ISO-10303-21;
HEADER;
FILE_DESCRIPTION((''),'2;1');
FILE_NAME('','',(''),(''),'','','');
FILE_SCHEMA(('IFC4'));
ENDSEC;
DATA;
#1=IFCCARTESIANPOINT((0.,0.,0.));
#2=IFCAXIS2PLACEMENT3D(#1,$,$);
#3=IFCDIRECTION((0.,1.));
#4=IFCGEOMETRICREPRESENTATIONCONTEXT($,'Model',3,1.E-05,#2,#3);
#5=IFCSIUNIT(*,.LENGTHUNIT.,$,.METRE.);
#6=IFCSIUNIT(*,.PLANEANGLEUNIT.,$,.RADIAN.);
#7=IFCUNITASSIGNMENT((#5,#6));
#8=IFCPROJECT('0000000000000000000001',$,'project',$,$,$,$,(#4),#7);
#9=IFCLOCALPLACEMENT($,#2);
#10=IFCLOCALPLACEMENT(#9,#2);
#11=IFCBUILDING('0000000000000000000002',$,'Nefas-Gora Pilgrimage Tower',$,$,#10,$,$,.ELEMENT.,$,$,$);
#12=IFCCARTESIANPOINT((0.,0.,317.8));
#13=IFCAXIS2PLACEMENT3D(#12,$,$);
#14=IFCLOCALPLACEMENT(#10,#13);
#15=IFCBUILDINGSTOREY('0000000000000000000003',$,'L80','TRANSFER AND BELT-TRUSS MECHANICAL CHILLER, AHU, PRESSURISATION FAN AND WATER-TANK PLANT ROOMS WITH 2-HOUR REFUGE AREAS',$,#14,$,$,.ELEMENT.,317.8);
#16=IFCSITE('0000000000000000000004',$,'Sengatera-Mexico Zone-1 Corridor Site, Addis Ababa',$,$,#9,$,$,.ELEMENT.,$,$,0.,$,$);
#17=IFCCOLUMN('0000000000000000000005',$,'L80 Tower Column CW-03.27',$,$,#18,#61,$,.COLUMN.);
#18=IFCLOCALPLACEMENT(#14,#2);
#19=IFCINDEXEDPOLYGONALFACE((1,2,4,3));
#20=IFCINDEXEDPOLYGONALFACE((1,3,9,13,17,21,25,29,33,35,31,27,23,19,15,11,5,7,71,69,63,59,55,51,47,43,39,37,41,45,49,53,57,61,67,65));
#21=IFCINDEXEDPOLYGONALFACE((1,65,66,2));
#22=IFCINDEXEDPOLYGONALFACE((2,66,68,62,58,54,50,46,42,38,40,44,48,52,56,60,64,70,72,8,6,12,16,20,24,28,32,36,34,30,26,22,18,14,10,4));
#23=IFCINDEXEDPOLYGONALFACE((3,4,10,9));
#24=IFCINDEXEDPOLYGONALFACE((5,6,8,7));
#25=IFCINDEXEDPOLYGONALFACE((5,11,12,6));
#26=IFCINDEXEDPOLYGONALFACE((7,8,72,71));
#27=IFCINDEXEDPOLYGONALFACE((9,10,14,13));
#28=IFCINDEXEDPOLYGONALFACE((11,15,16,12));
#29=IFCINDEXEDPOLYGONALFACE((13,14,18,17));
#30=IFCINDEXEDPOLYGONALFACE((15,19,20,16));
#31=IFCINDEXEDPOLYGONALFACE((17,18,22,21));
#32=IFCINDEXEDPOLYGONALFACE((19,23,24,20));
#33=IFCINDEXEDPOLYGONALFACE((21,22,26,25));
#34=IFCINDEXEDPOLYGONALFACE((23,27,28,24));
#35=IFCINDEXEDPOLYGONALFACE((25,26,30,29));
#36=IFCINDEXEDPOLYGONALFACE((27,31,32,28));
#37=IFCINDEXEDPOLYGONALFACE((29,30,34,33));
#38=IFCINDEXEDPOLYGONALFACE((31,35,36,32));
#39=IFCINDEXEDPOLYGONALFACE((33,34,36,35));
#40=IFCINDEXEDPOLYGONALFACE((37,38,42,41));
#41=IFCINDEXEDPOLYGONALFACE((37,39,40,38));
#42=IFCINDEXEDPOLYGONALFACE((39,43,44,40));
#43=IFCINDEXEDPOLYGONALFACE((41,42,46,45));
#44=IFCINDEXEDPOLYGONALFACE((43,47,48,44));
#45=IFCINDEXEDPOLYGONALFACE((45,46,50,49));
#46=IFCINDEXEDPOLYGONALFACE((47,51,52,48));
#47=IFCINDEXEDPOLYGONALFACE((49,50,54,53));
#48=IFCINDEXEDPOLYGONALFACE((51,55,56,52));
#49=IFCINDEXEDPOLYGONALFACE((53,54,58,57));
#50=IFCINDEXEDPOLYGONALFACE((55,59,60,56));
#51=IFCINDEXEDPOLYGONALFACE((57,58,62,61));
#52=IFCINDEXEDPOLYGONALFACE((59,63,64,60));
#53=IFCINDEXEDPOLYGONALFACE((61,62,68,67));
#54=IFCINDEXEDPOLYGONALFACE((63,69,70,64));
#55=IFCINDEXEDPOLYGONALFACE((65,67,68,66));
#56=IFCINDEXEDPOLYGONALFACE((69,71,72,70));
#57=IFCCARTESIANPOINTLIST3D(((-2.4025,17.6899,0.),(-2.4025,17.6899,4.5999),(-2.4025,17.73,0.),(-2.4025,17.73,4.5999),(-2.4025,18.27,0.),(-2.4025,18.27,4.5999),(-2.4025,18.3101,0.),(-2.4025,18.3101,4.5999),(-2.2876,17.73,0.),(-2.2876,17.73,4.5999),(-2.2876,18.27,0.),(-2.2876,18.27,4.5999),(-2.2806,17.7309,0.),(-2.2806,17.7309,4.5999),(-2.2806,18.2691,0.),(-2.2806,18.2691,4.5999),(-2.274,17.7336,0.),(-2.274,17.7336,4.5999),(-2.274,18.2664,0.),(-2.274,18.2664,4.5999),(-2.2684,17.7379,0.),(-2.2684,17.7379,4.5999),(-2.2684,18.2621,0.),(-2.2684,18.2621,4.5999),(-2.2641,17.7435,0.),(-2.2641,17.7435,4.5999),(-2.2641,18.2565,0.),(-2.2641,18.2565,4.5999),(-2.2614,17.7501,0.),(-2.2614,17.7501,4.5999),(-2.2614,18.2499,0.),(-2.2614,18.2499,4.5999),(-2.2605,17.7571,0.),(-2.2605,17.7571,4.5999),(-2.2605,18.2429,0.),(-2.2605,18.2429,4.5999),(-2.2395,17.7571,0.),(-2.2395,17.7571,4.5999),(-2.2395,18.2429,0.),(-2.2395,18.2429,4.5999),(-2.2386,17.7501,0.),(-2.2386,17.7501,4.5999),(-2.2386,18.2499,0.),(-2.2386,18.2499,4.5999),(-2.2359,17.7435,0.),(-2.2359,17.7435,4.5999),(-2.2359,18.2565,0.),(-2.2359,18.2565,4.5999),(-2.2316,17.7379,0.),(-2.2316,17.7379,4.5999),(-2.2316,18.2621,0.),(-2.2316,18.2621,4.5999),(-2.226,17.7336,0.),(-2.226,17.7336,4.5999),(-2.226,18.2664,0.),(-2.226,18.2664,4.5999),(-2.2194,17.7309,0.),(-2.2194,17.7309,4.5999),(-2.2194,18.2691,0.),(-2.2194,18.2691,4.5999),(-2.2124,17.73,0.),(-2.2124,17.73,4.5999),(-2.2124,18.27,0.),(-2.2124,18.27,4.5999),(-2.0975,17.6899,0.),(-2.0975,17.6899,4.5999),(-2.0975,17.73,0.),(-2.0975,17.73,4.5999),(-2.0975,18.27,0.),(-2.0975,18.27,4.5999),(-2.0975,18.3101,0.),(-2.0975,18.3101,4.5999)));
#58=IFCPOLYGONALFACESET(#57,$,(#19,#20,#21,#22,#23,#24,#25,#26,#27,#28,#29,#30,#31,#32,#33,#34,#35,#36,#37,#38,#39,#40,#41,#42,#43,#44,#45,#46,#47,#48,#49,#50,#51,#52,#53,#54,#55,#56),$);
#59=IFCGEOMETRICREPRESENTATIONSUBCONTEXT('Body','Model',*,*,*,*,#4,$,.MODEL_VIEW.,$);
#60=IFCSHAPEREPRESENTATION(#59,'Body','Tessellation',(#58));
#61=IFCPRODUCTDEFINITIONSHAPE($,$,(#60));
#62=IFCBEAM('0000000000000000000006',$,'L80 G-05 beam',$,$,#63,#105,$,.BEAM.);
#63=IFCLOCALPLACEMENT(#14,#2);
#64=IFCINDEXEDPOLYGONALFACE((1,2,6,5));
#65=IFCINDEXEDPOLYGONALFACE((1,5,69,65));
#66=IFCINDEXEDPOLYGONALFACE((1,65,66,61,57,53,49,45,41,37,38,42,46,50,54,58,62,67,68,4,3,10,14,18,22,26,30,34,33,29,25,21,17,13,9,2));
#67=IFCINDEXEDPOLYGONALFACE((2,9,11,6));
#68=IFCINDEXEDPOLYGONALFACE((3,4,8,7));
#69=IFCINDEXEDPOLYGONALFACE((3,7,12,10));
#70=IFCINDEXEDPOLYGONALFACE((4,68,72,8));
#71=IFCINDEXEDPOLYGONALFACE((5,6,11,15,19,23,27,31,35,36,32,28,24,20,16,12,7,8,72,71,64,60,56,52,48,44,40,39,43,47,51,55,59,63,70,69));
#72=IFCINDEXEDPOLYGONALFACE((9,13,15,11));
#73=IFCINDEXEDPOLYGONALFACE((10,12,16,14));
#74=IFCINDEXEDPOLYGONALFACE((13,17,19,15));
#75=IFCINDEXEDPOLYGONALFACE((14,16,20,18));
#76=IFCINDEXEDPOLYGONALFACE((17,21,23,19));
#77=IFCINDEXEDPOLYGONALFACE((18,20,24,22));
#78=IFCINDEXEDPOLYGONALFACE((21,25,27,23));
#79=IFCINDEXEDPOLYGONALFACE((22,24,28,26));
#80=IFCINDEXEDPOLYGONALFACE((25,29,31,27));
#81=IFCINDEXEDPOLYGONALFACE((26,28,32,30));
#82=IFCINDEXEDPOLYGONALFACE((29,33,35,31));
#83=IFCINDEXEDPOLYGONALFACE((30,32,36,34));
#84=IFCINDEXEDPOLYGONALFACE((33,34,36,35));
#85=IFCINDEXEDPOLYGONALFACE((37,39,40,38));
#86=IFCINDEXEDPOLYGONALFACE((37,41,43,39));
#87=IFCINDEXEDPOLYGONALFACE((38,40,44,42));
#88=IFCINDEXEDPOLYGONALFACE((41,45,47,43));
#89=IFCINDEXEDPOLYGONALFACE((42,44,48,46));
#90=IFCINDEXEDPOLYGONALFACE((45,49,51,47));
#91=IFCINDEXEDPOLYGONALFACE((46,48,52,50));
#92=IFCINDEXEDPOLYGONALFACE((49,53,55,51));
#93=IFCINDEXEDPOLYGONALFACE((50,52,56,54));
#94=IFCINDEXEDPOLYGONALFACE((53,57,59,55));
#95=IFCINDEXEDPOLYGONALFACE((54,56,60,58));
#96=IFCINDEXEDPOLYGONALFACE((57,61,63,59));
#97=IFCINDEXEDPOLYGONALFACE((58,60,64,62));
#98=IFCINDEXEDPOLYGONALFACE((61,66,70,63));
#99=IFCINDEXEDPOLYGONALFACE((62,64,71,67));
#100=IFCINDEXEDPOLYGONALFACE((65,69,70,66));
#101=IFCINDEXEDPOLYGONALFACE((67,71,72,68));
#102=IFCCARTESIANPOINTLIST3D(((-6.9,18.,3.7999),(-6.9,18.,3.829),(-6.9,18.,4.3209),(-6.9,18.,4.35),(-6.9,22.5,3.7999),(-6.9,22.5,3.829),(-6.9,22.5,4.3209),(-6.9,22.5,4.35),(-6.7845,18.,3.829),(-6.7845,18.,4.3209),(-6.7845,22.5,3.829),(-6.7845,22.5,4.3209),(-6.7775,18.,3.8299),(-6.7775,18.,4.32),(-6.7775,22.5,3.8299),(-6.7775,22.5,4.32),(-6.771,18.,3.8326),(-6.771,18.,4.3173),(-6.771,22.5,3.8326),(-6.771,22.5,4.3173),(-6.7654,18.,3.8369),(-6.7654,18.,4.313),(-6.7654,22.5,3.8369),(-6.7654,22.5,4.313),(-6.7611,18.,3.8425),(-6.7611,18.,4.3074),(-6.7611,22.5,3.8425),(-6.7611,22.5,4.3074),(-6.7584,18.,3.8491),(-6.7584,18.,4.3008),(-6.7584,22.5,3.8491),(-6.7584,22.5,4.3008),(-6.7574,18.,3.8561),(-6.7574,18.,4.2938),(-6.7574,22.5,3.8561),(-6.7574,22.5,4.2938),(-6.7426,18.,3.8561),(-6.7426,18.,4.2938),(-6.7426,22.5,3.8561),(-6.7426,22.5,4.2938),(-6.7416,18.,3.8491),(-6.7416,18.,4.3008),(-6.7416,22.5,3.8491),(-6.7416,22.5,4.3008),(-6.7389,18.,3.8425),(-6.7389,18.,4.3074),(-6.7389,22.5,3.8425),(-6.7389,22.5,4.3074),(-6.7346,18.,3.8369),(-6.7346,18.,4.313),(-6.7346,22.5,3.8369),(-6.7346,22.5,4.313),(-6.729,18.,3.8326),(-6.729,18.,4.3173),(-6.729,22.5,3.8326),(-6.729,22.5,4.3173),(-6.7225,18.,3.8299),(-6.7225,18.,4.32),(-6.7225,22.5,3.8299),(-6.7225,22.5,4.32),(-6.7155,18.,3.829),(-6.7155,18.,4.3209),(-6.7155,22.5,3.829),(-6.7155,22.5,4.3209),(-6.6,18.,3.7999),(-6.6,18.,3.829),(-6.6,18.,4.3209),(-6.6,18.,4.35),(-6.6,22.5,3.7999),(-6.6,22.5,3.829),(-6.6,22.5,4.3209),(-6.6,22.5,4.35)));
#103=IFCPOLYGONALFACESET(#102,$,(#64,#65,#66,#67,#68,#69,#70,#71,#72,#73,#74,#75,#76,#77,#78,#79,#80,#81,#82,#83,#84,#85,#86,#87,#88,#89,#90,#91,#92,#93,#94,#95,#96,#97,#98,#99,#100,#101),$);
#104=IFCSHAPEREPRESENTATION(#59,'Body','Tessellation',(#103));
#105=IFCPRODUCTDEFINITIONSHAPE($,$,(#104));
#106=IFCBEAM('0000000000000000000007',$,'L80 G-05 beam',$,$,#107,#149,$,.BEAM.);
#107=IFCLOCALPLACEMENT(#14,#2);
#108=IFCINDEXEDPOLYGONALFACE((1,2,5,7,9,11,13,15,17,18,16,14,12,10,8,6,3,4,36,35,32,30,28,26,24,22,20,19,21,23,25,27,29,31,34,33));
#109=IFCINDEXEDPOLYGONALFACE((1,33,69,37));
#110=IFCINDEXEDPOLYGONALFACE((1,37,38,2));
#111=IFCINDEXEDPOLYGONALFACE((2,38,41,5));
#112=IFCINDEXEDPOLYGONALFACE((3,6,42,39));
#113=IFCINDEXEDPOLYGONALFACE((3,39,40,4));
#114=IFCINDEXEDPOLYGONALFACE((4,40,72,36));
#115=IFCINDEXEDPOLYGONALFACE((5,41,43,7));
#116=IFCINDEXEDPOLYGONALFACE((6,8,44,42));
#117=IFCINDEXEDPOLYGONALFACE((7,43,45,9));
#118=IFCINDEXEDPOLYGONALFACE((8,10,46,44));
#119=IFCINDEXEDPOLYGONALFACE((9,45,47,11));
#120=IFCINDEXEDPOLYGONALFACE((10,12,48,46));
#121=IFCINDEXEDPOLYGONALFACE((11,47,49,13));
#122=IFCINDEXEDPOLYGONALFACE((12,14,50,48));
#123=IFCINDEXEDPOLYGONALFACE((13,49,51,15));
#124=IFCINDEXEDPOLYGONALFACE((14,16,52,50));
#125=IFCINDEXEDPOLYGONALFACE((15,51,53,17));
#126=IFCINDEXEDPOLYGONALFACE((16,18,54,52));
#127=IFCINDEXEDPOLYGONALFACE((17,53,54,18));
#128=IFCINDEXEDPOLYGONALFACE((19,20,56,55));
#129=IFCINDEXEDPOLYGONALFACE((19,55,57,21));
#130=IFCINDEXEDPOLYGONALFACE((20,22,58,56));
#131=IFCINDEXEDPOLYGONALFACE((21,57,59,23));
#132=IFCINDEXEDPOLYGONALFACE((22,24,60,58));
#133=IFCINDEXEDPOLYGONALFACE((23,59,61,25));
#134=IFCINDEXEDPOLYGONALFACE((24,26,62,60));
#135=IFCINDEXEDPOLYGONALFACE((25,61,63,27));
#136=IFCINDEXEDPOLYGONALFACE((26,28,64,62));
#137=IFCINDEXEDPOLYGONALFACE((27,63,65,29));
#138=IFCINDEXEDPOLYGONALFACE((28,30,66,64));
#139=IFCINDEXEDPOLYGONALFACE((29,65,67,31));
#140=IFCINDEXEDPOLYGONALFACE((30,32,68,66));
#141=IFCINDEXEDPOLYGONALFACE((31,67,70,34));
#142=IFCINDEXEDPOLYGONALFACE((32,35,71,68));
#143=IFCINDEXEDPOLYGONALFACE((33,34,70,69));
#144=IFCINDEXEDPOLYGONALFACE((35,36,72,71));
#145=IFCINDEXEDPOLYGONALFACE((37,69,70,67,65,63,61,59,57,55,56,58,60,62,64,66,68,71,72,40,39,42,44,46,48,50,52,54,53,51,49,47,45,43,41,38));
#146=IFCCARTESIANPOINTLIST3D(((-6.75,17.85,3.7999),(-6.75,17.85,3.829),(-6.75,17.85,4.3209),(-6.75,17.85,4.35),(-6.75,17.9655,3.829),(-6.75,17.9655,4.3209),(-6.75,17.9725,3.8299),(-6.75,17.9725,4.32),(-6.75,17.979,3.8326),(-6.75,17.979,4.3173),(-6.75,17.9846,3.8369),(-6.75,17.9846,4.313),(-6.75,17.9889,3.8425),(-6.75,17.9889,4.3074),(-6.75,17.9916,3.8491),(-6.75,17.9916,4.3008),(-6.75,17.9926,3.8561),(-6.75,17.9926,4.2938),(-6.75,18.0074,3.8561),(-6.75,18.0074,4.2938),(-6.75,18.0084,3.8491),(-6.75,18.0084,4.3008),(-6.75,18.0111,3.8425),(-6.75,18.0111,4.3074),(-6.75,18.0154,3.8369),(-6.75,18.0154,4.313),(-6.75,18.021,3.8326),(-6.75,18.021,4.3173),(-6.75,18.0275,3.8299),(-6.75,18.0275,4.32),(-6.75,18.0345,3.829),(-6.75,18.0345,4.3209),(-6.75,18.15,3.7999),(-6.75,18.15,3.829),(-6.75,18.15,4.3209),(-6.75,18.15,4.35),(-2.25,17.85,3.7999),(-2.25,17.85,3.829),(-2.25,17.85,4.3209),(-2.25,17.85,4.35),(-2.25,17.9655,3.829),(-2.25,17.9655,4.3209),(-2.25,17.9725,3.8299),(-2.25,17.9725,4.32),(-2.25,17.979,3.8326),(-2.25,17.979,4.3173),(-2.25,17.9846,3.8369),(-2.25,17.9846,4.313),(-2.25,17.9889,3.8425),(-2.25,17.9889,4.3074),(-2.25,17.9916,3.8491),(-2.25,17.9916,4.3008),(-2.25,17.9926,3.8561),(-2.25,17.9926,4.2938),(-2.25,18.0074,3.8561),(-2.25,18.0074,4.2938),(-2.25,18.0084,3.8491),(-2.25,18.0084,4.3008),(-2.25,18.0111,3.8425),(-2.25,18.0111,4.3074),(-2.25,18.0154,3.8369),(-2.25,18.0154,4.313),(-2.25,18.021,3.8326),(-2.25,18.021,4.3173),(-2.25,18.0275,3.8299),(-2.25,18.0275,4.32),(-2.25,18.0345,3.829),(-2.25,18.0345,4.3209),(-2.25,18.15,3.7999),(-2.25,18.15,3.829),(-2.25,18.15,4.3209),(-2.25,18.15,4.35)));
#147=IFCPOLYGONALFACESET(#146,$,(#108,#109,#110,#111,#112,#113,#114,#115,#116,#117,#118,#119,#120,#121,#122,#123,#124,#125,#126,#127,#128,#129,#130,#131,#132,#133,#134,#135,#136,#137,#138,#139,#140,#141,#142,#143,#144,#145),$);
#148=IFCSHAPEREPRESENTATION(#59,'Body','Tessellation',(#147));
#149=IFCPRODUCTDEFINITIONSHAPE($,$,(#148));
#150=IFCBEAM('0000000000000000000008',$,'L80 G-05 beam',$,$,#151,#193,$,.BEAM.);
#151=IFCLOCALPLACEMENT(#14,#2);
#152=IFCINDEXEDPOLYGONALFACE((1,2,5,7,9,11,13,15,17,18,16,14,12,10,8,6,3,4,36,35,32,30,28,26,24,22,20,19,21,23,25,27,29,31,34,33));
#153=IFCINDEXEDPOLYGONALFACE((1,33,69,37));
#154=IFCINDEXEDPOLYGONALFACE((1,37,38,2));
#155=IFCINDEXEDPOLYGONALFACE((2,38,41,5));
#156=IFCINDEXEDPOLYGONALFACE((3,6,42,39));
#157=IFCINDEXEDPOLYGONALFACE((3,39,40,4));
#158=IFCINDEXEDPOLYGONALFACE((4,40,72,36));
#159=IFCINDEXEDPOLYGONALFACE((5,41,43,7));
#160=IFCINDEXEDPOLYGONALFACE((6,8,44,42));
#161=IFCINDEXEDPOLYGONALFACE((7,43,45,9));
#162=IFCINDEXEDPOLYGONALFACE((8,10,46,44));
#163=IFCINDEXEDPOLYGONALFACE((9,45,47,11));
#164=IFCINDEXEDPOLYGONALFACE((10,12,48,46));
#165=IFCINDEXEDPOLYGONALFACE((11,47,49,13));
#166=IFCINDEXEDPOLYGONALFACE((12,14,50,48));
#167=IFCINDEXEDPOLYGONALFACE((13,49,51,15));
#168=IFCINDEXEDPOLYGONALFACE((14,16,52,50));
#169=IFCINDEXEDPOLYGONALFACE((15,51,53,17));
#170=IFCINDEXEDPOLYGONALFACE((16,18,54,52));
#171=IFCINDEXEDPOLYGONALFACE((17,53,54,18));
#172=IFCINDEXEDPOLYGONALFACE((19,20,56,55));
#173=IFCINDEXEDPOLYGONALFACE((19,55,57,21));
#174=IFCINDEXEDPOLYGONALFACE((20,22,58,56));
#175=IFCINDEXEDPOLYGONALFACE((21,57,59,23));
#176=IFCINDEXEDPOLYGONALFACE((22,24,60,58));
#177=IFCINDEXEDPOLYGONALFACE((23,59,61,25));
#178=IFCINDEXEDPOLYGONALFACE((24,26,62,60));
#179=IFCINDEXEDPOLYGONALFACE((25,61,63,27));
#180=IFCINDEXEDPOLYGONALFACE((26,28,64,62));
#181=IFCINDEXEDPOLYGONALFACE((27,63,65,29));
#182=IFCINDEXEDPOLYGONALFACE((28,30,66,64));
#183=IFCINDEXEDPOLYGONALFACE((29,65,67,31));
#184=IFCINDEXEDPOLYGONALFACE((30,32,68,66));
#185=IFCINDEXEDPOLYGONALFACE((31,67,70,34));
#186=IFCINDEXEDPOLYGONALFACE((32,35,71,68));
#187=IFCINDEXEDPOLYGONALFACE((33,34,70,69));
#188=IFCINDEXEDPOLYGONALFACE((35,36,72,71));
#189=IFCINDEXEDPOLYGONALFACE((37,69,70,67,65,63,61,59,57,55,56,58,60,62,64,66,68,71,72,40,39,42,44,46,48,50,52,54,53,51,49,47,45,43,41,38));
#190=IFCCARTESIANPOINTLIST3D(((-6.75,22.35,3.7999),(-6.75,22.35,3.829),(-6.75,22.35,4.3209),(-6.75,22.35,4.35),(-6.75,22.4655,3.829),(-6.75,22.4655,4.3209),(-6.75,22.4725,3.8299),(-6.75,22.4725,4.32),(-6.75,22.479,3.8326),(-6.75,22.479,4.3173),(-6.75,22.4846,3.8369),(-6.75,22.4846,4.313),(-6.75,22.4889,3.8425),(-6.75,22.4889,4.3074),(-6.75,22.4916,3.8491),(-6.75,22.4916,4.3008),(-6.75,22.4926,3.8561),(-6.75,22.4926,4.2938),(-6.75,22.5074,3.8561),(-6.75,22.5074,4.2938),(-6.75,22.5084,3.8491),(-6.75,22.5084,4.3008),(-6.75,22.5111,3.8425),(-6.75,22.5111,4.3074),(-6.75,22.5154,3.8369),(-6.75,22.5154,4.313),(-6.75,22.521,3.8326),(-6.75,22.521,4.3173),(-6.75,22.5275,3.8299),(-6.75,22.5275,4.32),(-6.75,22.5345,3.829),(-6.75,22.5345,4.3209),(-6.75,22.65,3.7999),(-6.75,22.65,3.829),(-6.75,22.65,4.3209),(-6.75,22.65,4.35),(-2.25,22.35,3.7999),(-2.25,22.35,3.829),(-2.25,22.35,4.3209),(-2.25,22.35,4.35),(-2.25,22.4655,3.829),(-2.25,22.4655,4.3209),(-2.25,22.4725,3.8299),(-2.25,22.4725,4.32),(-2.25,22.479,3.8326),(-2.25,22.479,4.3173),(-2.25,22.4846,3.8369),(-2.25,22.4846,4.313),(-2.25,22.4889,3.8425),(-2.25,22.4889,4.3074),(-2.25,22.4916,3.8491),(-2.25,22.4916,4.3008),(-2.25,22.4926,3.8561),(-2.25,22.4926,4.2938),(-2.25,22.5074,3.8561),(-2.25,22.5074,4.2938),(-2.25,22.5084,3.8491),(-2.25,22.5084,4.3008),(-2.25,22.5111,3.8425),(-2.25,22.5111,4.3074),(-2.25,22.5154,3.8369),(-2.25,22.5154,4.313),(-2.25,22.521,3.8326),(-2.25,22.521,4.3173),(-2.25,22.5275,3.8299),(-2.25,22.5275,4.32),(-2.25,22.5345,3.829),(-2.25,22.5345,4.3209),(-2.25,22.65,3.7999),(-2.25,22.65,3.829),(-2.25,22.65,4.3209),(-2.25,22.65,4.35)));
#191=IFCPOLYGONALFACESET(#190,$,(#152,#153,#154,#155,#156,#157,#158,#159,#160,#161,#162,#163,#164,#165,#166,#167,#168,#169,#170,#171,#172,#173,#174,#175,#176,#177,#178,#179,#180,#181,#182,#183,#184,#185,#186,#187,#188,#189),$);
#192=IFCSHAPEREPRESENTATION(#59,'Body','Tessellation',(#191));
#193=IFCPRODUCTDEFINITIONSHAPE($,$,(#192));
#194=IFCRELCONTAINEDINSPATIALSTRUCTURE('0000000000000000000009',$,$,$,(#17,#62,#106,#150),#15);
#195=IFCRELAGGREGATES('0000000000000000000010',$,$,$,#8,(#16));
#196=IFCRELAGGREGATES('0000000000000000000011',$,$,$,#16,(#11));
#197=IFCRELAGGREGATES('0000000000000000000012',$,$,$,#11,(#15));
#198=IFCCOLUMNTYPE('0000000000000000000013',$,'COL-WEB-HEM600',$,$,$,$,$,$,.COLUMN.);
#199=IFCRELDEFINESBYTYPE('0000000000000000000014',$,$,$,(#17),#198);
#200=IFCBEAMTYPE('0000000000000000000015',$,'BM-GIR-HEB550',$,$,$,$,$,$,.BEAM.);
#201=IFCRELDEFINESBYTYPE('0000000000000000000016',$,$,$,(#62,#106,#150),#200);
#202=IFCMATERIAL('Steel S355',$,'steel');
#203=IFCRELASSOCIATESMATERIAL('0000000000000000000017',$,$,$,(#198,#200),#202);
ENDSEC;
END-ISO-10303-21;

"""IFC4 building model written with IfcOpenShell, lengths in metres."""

from ifc_helpers import new_model, si_unit, direction, frame, origin, origin_2d, place, context, subcontext, project, spatial, i_section, extrude, source, transform, mapped, material, material_profile, profile_set, type_object, element, save


model = new_model("IFC4")

# Units and contexts
model_context = context("Model", 3, precision=1e-05, world=origin(), true_north=direction((0.0, 1.0)))
body_context = subcontext(model_context, "Body", "Model", "MODEL_VIEW")
ifc_project = project(units=[si_unit("LENGTHUNIT", "METRE"), si_unit("PLANEANGLEUNIT", "RADIAN")], contexts=[model_context])

# Site, building, storey
site_placement = place(None, origin())
site = spatial("IfcSite", under=ifc_project, at=site_placement, Name="Sengatera-Mexico Zone-1 Corridor Site, Addis Ababa", CompositionType="ELEMENT", RefElevation=0.0)
building_placement = place(site_placement, origin())
building = spatial("IfcBuilding", under=site, at=building_placement, Name="Nefas-Gora Pilgrimage Tower", CompositionType="ELEMENT")
storey_placement = place(building_placement, frame((0.0, 0.0, 317.8)))
storey = spatial("IfcBuildingStorey", under=building, at=storey_placement, Name="L80", Description="TRANSFER AND BELT-TRUSS MECHANICAL CHILLER, AHU, PRESSURISATION FAN AND WATER-TANK PLANT ROOMS WITH 2-HOUR REFUGE AREAS", CompositionType="ELEMENT", Elevation=317.8)

# Column
ifc_material_1 = material(Name="Steel S355", Category="steel")
ifc_material_profile_1 = material_profile(ifc_material_1, i_section(OverallWidth=0.3049, OverallDepth=0.6201, WebThickness=0.021, FlangeThickness=0.04, FilletRadius=0.0271, at=origin_2d()), Name="HEM 600")
ifc_profile_set_1 = profile_set([ifc_material_profile_1], Name="Steel S355")
column_type_1 = type_object("IfcColumnType", Name="COL-WEB-HEM600", PredefinedType="COLUMN", material=ifc_profile_set_1)
shared_shape_1 = source(origin(), body_context, "Body", "SweptSolid", [
    extrude(i_section(OverallWidth=0.3049, OverallDepth=0.6201, WebThickness=0.021, FlangeThickness=0.04, FilletRadius=0.0271, at=origin_2d()), origin(), (0.0, 0.0, 1.0), 4.5999),
])
for number, where, z_axis, x_axis, name in (
    (1, (-2.25, 18.0, 0.0), (0.0, 0.0, 1.0), (1.0, 0.0, 0.0), "L80 Tower Column CW-03.27"),
):
    element("IfcColumn", number, at=place(storey_placement, frame(where, z_axis=z_axis, x_axis=x_axis)), inside=storey, type_object=column_type_1, Name=name, PredefinedType="COLUMN", context=body_context, shape_type="MappedRepresentation", body=[
        mapped(shared_shape_1, transform((0.0, 0.0, 0.0), x_axis=(1.0, 0.0, 0.0), y_axis=(0.0, 1.0, 0.0), z_axis=(0.0, 0.0, 1.0), scale=1.0)),
    ])

# Beams
ifc_material_profile_2 = material_profile(ifc_material_1, i_section(OverallWidth=0.3, OverallDepth=0.55, WebThickness=0.0149, FlangeThickness=0.0291, FilletRadius=0.0271, at=origin_2d()), Name="HEB 550")
ifc_profile_set_2 = profile_set([ifc_material_profile_2], Name="Steel S355")
beam_type = type_object("IfcBeamType", Name="BM-GIR-HEB550", PredefinedType="BEAM", material=ifc_profile_set_2)
shared_shape_2 = source(origin(), body_context, "Body", "SweptSolid", [
    extrude(i_section(OverallWidth=0.3, OverallDepth=0.55, WebThickness=0.0149, FlangeThickness=0.0291, FilletRadius=0.0271, at=origin_2d()), origin(), (0.0, 0.0, 1.0), 4.5),
])
for number, where, z_axis, x_axis, name in (
    (2, (-6.75, 18.0, 4.075), (0.0, 1.0, 0.0), (-1.0, 0.0, 0.0), "L80 G-05 beam"),
    (3, (-6.75, 18.0, 4.075), (1.0, 0.0, 0.0), (0.0, 1.0, 0.0), "L80 G-05 beam"),
    (4, (-6.75, 22.5, 4.075), (1.0, 0.0, 0.0), (0.0, 1.0, 0.0), "L80 G-05 beam"),
):
    element("IfcBeam", number, at=place(storey_placement, frame(where, z_axis=z_axis, x_axis=x_axis)), inside=storey, type_object=beam_type, Name=name, PredefinedType="BEAM", context=body_context, shape_type="MappedRepresentation", body=[
        mapped(shared_shape_2, transform((0.0, 0.0, 0.0), x_axis=(1.0, 0.0, 0.0), y_axis=(0.0, 1.0, 0.0), z_axis=(0.0, 0.0, 1.0), scale=1.0)),
    ])

save(model, "model.ifc")
